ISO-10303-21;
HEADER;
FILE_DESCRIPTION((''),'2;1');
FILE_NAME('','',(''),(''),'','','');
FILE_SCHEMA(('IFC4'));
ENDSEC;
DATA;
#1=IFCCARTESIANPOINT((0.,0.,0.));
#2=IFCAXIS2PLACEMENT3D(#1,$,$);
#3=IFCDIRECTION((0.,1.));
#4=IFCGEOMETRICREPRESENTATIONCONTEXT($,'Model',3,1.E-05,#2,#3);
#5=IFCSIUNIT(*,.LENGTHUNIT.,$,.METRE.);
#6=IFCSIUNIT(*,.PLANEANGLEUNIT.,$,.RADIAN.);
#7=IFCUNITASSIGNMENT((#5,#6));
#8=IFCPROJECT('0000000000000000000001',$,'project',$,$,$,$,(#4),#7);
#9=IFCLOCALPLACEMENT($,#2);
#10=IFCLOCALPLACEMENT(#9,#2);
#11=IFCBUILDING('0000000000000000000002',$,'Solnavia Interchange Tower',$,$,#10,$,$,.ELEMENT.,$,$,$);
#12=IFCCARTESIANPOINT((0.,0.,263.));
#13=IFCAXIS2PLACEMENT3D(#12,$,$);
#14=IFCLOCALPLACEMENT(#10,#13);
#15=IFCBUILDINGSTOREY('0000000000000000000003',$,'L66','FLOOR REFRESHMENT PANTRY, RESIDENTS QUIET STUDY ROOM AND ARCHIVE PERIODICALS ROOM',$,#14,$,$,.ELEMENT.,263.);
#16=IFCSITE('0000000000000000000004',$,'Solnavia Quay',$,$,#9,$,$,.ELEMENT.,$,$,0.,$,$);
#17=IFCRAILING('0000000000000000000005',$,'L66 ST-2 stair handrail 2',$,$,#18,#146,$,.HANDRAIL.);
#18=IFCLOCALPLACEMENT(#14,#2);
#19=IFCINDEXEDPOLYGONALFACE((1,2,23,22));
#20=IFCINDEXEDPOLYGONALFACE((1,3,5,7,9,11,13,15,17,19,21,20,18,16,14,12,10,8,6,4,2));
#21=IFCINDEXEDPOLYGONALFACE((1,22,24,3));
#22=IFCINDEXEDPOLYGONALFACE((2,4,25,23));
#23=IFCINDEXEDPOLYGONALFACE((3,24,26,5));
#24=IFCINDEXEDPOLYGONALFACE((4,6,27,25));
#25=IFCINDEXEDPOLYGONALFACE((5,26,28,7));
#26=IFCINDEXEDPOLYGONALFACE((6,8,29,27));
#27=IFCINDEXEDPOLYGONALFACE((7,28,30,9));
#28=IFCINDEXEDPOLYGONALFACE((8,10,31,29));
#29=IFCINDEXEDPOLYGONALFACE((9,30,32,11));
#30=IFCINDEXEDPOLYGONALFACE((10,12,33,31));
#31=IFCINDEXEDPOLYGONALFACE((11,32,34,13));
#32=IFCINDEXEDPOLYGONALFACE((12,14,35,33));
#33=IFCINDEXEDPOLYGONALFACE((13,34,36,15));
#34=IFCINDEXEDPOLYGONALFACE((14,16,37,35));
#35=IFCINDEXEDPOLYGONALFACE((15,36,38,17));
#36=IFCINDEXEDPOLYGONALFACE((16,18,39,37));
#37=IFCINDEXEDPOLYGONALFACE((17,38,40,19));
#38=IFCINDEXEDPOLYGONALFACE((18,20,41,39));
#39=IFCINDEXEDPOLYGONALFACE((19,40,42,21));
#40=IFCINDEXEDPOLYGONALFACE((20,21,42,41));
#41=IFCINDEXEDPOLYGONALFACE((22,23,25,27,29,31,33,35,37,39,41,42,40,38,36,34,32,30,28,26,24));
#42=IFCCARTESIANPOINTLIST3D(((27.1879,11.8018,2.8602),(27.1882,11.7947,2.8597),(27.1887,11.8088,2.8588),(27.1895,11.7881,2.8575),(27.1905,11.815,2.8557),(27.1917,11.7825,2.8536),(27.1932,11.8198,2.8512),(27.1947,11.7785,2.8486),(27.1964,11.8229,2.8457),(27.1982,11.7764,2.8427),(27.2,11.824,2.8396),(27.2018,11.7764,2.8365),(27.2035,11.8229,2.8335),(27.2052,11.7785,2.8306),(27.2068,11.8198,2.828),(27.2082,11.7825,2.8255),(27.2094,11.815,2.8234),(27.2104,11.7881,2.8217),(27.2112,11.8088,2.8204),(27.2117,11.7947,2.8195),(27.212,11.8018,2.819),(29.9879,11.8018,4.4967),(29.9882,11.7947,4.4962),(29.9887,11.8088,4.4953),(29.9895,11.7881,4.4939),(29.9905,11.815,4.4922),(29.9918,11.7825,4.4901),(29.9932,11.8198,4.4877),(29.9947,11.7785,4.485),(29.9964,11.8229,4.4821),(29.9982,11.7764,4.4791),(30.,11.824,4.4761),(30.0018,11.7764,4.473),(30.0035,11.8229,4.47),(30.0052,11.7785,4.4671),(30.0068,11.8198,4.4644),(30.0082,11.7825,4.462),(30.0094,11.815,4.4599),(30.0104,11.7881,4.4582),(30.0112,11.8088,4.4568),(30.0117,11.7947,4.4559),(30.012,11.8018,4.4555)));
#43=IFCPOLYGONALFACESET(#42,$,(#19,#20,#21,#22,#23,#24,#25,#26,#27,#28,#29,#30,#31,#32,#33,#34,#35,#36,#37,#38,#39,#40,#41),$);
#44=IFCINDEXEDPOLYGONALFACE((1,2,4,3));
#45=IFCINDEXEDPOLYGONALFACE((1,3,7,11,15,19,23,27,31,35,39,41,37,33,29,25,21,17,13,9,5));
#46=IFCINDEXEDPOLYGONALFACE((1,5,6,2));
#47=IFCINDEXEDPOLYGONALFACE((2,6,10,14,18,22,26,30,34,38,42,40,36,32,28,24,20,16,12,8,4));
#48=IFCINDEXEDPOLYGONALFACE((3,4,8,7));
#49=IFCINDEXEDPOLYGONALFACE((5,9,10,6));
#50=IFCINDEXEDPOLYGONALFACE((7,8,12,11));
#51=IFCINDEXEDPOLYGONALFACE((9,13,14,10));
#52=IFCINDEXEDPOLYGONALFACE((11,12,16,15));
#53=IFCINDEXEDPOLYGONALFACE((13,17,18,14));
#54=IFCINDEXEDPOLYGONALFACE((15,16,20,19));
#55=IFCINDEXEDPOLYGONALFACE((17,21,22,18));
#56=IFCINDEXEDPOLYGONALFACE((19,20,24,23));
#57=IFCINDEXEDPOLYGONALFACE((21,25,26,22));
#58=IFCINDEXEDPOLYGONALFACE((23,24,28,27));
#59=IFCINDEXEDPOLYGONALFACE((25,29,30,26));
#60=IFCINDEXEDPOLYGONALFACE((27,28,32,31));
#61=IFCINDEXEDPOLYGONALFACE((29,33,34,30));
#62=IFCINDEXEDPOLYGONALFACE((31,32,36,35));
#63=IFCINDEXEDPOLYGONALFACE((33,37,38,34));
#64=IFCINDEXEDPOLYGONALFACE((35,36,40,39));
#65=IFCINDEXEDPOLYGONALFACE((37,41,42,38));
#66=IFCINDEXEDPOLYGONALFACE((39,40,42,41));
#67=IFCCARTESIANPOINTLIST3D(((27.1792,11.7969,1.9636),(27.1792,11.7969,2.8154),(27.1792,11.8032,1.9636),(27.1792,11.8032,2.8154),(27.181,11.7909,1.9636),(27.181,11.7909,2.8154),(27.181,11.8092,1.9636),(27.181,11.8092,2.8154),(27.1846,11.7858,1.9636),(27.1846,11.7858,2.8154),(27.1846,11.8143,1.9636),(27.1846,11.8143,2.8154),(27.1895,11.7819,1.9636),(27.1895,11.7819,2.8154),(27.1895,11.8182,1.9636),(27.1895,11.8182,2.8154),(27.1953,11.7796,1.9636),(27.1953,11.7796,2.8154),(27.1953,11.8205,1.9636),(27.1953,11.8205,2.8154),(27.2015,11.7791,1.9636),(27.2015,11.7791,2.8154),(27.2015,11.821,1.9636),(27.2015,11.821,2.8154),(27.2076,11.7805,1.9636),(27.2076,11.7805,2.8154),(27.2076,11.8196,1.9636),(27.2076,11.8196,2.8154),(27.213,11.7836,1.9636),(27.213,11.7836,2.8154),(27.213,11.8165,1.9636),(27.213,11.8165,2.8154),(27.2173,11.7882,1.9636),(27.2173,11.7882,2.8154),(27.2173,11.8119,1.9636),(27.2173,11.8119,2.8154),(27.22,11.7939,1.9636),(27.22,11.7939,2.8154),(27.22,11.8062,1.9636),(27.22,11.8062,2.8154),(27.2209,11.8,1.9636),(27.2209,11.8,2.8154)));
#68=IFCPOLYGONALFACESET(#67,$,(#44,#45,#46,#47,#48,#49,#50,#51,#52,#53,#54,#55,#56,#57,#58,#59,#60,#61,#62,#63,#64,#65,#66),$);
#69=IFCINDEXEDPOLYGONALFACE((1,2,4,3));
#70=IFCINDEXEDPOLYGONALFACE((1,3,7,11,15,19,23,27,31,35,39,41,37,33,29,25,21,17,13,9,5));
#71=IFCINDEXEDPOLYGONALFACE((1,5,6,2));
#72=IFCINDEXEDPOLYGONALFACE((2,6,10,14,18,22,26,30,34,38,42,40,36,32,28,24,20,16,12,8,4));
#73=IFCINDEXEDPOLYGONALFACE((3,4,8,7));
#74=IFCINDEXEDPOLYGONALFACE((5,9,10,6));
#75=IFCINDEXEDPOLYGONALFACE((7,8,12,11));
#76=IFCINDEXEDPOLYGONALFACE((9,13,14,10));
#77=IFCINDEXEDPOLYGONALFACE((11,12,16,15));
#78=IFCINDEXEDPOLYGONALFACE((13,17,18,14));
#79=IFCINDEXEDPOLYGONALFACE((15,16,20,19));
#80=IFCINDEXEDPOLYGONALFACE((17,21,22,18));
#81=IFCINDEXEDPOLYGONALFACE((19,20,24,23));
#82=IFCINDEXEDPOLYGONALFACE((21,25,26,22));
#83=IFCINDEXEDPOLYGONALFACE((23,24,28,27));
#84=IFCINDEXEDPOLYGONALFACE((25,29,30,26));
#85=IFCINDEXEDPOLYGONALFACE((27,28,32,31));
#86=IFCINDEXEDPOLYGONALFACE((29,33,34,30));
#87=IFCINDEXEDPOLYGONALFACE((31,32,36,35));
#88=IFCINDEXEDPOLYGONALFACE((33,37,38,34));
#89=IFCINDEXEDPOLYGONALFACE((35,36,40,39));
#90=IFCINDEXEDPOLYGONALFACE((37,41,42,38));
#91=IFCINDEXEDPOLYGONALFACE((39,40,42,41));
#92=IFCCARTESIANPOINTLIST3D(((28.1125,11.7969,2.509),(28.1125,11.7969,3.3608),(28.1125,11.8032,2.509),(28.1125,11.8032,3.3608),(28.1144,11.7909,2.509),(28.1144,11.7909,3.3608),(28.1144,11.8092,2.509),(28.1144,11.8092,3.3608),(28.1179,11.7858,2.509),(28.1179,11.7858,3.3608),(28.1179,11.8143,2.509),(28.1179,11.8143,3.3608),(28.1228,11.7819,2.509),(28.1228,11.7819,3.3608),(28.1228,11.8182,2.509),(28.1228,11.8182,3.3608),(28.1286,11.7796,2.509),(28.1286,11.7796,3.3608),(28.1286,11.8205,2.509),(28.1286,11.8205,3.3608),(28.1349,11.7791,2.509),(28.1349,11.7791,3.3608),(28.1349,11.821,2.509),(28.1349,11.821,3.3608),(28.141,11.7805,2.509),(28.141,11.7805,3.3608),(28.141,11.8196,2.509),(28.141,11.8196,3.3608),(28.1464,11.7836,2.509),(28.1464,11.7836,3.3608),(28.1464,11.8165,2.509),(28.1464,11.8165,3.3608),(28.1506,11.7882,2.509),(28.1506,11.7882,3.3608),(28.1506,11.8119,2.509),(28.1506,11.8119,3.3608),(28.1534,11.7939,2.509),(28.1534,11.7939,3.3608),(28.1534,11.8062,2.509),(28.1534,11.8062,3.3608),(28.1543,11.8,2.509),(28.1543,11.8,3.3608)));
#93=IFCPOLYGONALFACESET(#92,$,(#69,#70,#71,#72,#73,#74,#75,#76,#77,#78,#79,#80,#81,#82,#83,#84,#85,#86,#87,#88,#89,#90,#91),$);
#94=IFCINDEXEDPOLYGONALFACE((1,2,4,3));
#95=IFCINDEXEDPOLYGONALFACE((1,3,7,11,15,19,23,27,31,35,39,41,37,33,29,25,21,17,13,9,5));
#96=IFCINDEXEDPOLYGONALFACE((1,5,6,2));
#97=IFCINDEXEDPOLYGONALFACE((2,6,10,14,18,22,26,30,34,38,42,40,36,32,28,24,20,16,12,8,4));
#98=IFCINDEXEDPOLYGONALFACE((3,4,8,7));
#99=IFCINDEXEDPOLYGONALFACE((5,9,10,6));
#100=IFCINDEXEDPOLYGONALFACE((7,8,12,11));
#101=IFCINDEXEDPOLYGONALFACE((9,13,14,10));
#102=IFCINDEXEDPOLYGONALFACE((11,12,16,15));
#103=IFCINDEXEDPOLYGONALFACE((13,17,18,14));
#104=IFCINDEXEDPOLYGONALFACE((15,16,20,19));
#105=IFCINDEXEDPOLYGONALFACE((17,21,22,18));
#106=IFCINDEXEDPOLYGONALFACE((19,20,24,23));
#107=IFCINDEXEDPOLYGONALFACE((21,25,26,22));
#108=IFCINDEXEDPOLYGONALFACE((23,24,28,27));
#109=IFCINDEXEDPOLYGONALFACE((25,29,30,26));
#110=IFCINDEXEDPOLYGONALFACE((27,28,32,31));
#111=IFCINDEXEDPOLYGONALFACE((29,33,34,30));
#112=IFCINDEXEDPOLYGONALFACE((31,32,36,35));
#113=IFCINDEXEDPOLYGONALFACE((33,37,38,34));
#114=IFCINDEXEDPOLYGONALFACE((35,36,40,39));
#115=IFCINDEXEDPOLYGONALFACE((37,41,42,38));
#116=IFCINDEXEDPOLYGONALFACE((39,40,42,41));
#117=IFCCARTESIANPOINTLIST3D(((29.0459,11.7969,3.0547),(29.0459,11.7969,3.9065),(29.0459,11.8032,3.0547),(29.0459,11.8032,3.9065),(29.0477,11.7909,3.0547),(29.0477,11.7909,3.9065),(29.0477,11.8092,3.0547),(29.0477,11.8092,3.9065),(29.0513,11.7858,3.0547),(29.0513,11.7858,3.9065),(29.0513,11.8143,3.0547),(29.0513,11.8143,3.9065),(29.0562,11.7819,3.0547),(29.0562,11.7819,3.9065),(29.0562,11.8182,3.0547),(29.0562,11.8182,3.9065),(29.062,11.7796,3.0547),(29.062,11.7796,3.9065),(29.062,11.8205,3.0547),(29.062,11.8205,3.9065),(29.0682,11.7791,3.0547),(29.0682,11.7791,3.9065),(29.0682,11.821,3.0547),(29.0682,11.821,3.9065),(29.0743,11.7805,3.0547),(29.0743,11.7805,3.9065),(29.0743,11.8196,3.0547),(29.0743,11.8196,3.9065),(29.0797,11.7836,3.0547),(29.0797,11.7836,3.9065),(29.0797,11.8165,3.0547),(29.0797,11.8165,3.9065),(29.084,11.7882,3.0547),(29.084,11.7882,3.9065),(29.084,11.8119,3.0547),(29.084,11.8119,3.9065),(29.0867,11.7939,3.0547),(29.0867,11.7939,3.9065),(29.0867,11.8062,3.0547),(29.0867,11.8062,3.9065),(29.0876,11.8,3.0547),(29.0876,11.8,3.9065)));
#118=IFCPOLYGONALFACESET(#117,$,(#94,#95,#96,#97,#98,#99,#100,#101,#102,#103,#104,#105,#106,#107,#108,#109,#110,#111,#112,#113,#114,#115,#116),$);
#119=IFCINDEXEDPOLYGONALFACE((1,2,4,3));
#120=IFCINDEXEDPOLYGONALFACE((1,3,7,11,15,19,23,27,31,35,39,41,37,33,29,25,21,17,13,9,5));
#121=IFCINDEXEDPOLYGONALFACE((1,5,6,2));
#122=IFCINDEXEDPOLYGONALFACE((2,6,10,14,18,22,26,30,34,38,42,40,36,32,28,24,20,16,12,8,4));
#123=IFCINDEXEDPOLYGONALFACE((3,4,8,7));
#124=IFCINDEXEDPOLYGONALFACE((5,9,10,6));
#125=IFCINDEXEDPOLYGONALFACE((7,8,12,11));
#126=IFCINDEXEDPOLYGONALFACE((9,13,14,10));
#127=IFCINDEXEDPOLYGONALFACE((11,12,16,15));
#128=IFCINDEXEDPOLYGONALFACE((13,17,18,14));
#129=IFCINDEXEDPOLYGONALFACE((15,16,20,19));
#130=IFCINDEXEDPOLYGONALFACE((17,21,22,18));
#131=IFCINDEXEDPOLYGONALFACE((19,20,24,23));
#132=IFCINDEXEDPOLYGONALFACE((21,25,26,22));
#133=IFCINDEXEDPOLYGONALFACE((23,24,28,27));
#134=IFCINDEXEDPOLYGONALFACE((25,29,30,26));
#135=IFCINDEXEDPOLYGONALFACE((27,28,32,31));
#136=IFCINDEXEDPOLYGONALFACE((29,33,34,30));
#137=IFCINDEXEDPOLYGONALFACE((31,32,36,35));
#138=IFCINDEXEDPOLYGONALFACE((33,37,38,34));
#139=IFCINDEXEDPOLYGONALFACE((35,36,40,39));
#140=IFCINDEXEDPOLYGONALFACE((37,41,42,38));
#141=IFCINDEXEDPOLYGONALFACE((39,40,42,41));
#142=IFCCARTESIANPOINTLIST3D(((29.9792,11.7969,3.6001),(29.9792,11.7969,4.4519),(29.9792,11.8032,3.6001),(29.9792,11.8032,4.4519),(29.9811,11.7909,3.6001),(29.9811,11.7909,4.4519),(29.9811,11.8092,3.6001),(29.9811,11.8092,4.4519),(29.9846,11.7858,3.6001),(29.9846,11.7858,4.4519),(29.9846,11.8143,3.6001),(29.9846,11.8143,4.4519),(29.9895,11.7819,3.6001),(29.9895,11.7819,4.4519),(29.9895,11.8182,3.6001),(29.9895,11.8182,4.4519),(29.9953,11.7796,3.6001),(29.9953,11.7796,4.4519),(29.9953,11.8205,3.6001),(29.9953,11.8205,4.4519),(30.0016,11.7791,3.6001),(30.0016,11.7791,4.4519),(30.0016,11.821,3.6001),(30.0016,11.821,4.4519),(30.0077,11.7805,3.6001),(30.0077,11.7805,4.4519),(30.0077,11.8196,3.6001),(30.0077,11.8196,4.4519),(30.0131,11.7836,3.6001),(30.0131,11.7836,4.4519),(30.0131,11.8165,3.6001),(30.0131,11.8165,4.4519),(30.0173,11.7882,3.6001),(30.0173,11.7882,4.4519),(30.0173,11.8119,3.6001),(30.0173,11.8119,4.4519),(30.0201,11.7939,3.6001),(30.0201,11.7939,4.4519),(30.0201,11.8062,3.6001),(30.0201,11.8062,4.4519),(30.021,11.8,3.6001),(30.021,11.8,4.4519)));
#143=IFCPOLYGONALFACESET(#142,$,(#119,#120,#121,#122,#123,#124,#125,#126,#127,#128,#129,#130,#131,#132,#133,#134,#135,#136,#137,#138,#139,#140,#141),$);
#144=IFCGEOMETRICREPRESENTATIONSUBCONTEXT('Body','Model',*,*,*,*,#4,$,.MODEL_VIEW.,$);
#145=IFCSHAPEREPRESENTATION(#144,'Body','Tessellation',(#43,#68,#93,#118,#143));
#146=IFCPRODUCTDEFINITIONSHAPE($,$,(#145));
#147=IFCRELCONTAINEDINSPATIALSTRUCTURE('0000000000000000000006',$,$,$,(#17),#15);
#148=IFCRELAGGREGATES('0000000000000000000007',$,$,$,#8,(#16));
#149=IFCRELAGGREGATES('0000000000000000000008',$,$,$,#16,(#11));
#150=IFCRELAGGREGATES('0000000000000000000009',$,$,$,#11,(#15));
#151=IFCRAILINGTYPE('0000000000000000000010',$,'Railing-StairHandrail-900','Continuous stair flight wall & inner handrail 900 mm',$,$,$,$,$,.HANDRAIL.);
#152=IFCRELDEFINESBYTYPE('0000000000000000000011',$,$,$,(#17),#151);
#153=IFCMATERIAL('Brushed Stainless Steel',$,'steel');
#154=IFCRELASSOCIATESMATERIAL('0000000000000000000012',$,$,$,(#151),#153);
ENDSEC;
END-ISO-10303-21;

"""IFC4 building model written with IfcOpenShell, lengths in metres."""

from ifc_helpers import new_model, si_unit, direction, frame, origin, origin_2d, place, context, subcontext, project, spatial, circle, extrude, material, type_object, element, save


model = new_model("IFC4")

# Units and contexts
model_context = context("Model", 3, precision=1e-05, world=origin(), true_north=direction((0.0, 1.0)))
body_context = subcontext(model_context, "Body", "Model", "MODEL_VIEW")
ifc_project = project(units=[si_unit("LENGTHUNIT", "METRE"), si_unit("PLANEANGLEUNIT", "RADIAN")], contexts=[model_context])

# Site, building, storey
site_placement = place(None, origin())
site = spatial("IfcSite", under=ifc_project, at=site_placement, Name="Solnavia Quay", CompositionType="ELEMENT", RefElevation=0.0)
building_placement = place(site_placement, origin())
building = spatial("IfcBuilding", under=site, at=building_placement, Name="Solnavia Interchange Tower", CompositionType="ELEMENT")
storey_placement = place(building_placement, frame((0.0, 0.0, 263.0)))
storey = spatial("IfcBuildingStorey", under=building, at=storey_placement, Name="L66", Description="FLOOR REFRESHMENT PANTRY, RESIDENTS QUIET STUDY ROOM AND ARCHIVE PERIODICALS ROOM", CompositionType="ELEMENT", Elevation=263.0)

# Railing
ifc_material_1 = material(Name="Brushed Stainless Steel", Category="steel")
railing_type_1 = type_object("IfcRailingType", Name="Railing-StairHandrail-900", Description="Continuous stair flight wall & inner handrail 900 mm", PredefinedType="HANDRAIL", material=ifc_material_1)
railing_1_placement = place(storey_placement, frame((27.2, 11.8, 1.9636)))
element("IfcRailing", 1, at=railing_1_placement, inside=storey, type_object=railing_type_1, Name="L66 ST-2 stair handrail 2", PredefinedType="HANDRAIL", context=body_context, shape_type="SweptSolid", body=[
    extrude(circle(Radius=0.0239, at=origin_2d()), frame((0.0, 0.0, 0.876), z_axis=(0.863361, 0.0, 0.504587), x_axis=(0.0, 1.0, 0.0)), (0.0, 0.0, 1.0), 3.2432),
    extrude(circle(Radius=0.021, at=origin_2d()), origin(), (0.0, 0.0, 1.0), 0.8518),
    extrude(circle(Radius=0.021, at=origin_2d()), frame((0.9333, 0.0, 0.5454)), (0.0, 0.0, 1.0), 0.8518),
    extrude(circle(Radius=0.021, at=origin_2d()), frame((1.8667, 0.0, 1.0911)), (0.0, 0.0, 1.0), 0.8518),
    extrude(circle(Radius=0.021, at=origin_2d()), frame((2.8, 0.0, 1.6365)), (0.0, 0.0, 1.0), 0.8518),
])

save(model, "model.ifc")
